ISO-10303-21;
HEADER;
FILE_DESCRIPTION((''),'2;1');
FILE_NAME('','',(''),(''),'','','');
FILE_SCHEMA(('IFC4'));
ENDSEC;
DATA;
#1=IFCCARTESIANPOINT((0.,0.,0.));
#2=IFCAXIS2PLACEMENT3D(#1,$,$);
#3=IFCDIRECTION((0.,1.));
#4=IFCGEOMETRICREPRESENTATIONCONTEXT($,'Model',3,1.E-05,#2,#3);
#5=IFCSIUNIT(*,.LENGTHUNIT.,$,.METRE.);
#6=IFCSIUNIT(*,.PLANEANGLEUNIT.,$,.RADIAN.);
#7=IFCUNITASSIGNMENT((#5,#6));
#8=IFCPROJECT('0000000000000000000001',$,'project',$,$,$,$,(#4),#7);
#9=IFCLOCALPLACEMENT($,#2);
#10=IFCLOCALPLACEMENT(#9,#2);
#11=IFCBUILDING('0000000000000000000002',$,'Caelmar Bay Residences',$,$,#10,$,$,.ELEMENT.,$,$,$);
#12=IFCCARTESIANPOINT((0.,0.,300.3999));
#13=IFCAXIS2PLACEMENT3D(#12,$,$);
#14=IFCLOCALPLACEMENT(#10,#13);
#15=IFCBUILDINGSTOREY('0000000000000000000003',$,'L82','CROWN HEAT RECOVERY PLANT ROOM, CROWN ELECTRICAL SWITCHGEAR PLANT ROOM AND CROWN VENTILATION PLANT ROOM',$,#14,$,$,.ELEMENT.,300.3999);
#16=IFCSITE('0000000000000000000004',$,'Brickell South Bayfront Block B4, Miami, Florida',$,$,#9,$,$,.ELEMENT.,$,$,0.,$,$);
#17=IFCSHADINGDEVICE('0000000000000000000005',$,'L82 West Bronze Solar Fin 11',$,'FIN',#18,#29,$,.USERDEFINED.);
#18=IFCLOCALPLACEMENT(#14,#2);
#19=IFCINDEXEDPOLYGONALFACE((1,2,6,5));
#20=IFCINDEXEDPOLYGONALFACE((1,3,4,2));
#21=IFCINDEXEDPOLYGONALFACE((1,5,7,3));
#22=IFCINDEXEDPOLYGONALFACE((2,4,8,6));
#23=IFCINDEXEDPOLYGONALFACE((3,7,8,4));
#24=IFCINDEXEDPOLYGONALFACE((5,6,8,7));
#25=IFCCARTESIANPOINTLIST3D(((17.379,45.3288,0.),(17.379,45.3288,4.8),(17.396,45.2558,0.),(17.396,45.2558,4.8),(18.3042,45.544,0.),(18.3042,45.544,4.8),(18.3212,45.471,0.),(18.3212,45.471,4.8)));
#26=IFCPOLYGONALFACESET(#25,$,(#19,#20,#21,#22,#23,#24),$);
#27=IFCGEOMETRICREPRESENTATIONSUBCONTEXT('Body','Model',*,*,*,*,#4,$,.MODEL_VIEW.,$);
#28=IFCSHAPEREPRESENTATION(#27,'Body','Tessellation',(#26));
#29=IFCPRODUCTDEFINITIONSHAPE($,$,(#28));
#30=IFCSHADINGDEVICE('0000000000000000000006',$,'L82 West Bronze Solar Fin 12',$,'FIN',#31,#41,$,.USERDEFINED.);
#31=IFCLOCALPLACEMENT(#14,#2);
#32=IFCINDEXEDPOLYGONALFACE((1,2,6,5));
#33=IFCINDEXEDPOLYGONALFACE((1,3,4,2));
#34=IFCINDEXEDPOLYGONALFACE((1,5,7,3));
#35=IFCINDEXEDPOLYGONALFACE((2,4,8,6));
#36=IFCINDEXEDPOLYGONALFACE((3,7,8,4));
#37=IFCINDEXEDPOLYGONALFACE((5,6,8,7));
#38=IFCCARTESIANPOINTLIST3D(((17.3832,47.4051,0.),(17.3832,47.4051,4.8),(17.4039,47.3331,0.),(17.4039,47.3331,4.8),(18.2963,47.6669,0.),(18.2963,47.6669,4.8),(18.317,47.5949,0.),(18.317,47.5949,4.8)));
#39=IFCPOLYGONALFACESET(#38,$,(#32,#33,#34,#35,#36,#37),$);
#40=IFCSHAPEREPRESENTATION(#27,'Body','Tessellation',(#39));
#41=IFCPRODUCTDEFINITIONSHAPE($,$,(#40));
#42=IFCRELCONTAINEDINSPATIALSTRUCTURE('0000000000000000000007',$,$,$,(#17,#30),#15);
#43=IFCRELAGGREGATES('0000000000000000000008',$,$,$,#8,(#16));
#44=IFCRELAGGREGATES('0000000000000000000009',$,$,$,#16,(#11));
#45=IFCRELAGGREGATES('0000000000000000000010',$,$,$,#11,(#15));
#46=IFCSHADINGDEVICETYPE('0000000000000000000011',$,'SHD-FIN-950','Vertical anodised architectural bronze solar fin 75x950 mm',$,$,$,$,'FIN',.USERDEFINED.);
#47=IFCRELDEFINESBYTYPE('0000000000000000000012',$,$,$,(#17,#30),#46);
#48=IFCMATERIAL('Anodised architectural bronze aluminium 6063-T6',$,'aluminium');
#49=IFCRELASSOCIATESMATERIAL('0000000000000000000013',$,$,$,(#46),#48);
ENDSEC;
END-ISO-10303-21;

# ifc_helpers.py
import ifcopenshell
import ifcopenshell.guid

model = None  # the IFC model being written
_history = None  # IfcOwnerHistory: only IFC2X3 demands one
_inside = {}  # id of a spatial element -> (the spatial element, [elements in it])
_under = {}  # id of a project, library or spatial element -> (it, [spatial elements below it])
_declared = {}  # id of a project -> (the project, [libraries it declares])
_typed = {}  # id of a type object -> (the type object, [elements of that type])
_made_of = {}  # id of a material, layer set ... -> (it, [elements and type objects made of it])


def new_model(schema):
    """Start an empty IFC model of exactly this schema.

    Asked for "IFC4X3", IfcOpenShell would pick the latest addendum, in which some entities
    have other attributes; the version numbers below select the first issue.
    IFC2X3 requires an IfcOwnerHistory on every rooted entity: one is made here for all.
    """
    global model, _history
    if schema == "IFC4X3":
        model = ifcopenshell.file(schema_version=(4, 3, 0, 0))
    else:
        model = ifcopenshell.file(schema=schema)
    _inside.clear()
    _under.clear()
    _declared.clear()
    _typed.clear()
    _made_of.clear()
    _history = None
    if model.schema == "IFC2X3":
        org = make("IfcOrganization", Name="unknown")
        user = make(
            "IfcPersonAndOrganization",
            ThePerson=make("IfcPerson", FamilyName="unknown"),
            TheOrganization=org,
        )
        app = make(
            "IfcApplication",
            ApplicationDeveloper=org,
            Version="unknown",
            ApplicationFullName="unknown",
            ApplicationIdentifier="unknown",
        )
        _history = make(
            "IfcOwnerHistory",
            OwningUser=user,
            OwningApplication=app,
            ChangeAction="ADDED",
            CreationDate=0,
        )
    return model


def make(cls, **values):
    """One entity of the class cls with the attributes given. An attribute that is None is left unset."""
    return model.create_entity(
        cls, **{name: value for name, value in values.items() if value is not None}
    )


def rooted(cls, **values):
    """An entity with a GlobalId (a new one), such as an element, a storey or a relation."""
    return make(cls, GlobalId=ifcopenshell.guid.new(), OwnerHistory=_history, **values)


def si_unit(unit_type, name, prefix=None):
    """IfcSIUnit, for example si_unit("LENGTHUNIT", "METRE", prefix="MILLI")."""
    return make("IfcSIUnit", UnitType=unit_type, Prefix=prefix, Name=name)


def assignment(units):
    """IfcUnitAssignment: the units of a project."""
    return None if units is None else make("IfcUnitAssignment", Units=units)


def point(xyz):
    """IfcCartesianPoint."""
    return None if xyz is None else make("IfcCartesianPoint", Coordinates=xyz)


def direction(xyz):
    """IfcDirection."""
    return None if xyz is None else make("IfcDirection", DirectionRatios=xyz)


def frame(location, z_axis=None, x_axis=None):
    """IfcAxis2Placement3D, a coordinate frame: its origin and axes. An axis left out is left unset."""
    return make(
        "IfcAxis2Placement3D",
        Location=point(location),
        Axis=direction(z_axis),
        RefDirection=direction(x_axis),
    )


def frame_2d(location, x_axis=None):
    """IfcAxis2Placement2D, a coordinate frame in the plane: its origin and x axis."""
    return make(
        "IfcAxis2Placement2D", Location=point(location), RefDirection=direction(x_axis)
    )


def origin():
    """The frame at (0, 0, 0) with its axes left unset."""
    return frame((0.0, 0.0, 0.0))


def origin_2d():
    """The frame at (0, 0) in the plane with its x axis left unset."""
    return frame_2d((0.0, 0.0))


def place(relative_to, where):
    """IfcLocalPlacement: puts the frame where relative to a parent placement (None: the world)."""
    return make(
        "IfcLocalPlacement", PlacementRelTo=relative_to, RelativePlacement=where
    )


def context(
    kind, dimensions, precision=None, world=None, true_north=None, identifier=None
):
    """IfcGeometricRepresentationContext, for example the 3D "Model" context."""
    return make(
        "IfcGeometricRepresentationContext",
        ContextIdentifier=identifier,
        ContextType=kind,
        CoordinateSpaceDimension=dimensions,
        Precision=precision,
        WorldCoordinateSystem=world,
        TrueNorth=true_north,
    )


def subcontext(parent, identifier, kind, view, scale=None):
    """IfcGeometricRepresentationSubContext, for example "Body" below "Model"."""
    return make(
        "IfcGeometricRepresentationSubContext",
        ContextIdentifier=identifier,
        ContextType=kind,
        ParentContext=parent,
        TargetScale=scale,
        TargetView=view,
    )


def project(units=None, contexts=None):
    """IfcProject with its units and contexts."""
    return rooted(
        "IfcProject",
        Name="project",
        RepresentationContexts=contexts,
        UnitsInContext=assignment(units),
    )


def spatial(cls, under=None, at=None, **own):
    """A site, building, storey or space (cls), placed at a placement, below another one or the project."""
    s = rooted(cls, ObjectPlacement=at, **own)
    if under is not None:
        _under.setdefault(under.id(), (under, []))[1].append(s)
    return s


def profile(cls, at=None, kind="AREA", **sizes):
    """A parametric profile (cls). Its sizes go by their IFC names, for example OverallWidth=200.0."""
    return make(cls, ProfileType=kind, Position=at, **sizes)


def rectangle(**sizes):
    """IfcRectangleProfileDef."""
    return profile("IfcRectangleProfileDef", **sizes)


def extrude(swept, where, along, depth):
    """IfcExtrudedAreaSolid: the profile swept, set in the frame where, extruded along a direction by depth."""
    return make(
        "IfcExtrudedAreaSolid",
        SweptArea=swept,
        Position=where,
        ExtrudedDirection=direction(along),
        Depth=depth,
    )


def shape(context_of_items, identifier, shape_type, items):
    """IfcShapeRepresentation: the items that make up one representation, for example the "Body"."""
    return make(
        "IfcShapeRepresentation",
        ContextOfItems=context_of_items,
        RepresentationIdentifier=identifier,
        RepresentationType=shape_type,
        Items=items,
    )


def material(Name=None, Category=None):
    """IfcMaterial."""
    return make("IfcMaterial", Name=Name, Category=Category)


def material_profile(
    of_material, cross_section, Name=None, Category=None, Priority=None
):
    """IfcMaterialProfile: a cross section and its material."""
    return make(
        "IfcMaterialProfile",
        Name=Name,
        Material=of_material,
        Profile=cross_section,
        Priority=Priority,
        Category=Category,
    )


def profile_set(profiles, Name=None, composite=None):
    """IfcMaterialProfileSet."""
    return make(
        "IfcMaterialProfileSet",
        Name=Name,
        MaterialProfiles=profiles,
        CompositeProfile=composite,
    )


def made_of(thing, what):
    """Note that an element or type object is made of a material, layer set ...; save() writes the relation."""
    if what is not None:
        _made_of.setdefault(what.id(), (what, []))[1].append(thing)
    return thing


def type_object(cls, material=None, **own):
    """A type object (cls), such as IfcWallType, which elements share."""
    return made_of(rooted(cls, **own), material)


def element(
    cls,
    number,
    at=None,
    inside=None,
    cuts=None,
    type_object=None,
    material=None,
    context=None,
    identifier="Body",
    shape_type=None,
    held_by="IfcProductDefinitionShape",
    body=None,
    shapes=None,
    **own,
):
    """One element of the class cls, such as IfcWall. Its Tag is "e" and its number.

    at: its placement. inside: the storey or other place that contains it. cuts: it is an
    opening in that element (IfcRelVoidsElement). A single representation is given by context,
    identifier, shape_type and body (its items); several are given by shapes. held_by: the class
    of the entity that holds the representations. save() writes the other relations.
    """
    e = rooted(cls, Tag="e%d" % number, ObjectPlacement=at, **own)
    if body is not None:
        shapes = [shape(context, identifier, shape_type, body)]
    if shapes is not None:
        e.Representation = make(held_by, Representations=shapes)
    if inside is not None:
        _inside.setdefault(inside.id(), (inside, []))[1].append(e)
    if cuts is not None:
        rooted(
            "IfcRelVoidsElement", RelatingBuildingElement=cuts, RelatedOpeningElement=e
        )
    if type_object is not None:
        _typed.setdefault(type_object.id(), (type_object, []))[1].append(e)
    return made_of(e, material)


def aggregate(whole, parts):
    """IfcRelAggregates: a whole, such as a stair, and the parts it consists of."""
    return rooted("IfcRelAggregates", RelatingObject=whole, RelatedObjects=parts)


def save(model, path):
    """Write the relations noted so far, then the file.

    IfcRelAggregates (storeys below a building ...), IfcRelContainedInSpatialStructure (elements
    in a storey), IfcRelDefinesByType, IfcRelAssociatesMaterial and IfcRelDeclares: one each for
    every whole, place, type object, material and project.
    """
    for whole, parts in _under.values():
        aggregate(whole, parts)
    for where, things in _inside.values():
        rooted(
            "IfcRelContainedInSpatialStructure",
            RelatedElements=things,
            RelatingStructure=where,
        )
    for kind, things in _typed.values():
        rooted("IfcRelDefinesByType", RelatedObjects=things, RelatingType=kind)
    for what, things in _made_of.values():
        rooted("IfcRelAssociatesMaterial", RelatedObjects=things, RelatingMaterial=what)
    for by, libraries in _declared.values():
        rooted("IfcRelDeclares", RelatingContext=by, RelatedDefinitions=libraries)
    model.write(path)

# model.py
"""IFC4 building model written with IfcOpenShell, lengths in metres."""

from ifc_helpers import new_model, si_unit, direction, frame, origin, origin_2d, place, context, subcontext, project, spatial, rectangle, extrude, material, material_profile, profile_set, type_object, element, save


model = new_model("IFC4")

# Units and contexts
model_context = context("Model", 3, precision=1e-05, world=origin(), true_north=direction((0.0, 1.0)))
body_context = subcontext(model_context, "Body", "Model", "MODEL_VIEW")
ifc_project = project(units=[si_unit("LENGTHUNIT", "METRE"), si_unit("PLANEANGLEUNIT", "RADIAN")], contexts=[model_context])

# Site, building, storey
site_placement = place(None, origin())
site = spatial("IfcSite", under=ifc_project, at=site_placement, Name="Brickell South Bayfront Block B4, Miami, Florida", CompositionType="ELEMENT", RefElevation=0.0)
building_placement = place(site_placement, origin())
building = spatial("IfcBuilding", under=site, at=building_placement, Name="Caelmar Bay Residences", CompositionType="ELEMENT")
storey_placement = place(building_placement, frame((0.0, 0.0, 300.3999)))
storey = spatial("IfcBuildingStorey", under=building, at=storey_placement, Name="L82", Description="CROWN HEAT RECOVERY PLANT ROOM, CROWN ELECTRICAL SWITCHGEAR PLANT ROOM AND CROWN VENTILATION PLANT ROOM", CompositionType="ELEMENT", Elevation=300.3999)

# Shading devices
ifc_material_1 = material(Name="Anodised architectural bronze aluminium 6063-T6", Category="aluminium")
ifc_material_profile = material_profile(ifc_material_1, rectangle(XDim=0.075, YDim=0.95, at=origin_2d()), Name="BRONZE-FIN-75X950")
ifc_profile_set = profile_set([ifc_material_profile], Name="Anodised architectural bronze aluminium 6063-T6")
shading_device_type = type_object("IfcShadingDeviceType", Name="SHD-FIN-950", Description="Vertical anodised architectural bronze solar fin 75x950 mm", ElementType="FIN", PredefinedType="USERDEFINED", material=ifc_profile_set)
for number, where, z_axis, x_axis, name in (
    (1, (17.8501, 45.3999, 0.0), (0.0, 0.0, 1.0), (-0.226481, 0.974016, 0.0), "L82 West Bronze Solar Fin 11"),
    (2, (17.8501, 47.5, 0.0), (0.0, 0.0, 1.0), (-0.275637, 0.961262, 0.0), "L82 West Bronze Solar Fin 12"),
):
    element("IfcShadingDevice", number, at=place(storey_placement, frame(where, z_axis=z_axis, x_axis=x_axis)), inside=storey, type_object=shading_device_type, Name=name, ObjectType="FIN", PredefinedType="USERDEFINED", context=body_context, shape_type="SweptSolid", body=[
        extrude(rectangle(XDim=0.075, YDim=0.95, at=origin_2d()), origin(), (0.0, 0.0, 1.0), 4.8),
    ])

save(model, "model.ifc")
